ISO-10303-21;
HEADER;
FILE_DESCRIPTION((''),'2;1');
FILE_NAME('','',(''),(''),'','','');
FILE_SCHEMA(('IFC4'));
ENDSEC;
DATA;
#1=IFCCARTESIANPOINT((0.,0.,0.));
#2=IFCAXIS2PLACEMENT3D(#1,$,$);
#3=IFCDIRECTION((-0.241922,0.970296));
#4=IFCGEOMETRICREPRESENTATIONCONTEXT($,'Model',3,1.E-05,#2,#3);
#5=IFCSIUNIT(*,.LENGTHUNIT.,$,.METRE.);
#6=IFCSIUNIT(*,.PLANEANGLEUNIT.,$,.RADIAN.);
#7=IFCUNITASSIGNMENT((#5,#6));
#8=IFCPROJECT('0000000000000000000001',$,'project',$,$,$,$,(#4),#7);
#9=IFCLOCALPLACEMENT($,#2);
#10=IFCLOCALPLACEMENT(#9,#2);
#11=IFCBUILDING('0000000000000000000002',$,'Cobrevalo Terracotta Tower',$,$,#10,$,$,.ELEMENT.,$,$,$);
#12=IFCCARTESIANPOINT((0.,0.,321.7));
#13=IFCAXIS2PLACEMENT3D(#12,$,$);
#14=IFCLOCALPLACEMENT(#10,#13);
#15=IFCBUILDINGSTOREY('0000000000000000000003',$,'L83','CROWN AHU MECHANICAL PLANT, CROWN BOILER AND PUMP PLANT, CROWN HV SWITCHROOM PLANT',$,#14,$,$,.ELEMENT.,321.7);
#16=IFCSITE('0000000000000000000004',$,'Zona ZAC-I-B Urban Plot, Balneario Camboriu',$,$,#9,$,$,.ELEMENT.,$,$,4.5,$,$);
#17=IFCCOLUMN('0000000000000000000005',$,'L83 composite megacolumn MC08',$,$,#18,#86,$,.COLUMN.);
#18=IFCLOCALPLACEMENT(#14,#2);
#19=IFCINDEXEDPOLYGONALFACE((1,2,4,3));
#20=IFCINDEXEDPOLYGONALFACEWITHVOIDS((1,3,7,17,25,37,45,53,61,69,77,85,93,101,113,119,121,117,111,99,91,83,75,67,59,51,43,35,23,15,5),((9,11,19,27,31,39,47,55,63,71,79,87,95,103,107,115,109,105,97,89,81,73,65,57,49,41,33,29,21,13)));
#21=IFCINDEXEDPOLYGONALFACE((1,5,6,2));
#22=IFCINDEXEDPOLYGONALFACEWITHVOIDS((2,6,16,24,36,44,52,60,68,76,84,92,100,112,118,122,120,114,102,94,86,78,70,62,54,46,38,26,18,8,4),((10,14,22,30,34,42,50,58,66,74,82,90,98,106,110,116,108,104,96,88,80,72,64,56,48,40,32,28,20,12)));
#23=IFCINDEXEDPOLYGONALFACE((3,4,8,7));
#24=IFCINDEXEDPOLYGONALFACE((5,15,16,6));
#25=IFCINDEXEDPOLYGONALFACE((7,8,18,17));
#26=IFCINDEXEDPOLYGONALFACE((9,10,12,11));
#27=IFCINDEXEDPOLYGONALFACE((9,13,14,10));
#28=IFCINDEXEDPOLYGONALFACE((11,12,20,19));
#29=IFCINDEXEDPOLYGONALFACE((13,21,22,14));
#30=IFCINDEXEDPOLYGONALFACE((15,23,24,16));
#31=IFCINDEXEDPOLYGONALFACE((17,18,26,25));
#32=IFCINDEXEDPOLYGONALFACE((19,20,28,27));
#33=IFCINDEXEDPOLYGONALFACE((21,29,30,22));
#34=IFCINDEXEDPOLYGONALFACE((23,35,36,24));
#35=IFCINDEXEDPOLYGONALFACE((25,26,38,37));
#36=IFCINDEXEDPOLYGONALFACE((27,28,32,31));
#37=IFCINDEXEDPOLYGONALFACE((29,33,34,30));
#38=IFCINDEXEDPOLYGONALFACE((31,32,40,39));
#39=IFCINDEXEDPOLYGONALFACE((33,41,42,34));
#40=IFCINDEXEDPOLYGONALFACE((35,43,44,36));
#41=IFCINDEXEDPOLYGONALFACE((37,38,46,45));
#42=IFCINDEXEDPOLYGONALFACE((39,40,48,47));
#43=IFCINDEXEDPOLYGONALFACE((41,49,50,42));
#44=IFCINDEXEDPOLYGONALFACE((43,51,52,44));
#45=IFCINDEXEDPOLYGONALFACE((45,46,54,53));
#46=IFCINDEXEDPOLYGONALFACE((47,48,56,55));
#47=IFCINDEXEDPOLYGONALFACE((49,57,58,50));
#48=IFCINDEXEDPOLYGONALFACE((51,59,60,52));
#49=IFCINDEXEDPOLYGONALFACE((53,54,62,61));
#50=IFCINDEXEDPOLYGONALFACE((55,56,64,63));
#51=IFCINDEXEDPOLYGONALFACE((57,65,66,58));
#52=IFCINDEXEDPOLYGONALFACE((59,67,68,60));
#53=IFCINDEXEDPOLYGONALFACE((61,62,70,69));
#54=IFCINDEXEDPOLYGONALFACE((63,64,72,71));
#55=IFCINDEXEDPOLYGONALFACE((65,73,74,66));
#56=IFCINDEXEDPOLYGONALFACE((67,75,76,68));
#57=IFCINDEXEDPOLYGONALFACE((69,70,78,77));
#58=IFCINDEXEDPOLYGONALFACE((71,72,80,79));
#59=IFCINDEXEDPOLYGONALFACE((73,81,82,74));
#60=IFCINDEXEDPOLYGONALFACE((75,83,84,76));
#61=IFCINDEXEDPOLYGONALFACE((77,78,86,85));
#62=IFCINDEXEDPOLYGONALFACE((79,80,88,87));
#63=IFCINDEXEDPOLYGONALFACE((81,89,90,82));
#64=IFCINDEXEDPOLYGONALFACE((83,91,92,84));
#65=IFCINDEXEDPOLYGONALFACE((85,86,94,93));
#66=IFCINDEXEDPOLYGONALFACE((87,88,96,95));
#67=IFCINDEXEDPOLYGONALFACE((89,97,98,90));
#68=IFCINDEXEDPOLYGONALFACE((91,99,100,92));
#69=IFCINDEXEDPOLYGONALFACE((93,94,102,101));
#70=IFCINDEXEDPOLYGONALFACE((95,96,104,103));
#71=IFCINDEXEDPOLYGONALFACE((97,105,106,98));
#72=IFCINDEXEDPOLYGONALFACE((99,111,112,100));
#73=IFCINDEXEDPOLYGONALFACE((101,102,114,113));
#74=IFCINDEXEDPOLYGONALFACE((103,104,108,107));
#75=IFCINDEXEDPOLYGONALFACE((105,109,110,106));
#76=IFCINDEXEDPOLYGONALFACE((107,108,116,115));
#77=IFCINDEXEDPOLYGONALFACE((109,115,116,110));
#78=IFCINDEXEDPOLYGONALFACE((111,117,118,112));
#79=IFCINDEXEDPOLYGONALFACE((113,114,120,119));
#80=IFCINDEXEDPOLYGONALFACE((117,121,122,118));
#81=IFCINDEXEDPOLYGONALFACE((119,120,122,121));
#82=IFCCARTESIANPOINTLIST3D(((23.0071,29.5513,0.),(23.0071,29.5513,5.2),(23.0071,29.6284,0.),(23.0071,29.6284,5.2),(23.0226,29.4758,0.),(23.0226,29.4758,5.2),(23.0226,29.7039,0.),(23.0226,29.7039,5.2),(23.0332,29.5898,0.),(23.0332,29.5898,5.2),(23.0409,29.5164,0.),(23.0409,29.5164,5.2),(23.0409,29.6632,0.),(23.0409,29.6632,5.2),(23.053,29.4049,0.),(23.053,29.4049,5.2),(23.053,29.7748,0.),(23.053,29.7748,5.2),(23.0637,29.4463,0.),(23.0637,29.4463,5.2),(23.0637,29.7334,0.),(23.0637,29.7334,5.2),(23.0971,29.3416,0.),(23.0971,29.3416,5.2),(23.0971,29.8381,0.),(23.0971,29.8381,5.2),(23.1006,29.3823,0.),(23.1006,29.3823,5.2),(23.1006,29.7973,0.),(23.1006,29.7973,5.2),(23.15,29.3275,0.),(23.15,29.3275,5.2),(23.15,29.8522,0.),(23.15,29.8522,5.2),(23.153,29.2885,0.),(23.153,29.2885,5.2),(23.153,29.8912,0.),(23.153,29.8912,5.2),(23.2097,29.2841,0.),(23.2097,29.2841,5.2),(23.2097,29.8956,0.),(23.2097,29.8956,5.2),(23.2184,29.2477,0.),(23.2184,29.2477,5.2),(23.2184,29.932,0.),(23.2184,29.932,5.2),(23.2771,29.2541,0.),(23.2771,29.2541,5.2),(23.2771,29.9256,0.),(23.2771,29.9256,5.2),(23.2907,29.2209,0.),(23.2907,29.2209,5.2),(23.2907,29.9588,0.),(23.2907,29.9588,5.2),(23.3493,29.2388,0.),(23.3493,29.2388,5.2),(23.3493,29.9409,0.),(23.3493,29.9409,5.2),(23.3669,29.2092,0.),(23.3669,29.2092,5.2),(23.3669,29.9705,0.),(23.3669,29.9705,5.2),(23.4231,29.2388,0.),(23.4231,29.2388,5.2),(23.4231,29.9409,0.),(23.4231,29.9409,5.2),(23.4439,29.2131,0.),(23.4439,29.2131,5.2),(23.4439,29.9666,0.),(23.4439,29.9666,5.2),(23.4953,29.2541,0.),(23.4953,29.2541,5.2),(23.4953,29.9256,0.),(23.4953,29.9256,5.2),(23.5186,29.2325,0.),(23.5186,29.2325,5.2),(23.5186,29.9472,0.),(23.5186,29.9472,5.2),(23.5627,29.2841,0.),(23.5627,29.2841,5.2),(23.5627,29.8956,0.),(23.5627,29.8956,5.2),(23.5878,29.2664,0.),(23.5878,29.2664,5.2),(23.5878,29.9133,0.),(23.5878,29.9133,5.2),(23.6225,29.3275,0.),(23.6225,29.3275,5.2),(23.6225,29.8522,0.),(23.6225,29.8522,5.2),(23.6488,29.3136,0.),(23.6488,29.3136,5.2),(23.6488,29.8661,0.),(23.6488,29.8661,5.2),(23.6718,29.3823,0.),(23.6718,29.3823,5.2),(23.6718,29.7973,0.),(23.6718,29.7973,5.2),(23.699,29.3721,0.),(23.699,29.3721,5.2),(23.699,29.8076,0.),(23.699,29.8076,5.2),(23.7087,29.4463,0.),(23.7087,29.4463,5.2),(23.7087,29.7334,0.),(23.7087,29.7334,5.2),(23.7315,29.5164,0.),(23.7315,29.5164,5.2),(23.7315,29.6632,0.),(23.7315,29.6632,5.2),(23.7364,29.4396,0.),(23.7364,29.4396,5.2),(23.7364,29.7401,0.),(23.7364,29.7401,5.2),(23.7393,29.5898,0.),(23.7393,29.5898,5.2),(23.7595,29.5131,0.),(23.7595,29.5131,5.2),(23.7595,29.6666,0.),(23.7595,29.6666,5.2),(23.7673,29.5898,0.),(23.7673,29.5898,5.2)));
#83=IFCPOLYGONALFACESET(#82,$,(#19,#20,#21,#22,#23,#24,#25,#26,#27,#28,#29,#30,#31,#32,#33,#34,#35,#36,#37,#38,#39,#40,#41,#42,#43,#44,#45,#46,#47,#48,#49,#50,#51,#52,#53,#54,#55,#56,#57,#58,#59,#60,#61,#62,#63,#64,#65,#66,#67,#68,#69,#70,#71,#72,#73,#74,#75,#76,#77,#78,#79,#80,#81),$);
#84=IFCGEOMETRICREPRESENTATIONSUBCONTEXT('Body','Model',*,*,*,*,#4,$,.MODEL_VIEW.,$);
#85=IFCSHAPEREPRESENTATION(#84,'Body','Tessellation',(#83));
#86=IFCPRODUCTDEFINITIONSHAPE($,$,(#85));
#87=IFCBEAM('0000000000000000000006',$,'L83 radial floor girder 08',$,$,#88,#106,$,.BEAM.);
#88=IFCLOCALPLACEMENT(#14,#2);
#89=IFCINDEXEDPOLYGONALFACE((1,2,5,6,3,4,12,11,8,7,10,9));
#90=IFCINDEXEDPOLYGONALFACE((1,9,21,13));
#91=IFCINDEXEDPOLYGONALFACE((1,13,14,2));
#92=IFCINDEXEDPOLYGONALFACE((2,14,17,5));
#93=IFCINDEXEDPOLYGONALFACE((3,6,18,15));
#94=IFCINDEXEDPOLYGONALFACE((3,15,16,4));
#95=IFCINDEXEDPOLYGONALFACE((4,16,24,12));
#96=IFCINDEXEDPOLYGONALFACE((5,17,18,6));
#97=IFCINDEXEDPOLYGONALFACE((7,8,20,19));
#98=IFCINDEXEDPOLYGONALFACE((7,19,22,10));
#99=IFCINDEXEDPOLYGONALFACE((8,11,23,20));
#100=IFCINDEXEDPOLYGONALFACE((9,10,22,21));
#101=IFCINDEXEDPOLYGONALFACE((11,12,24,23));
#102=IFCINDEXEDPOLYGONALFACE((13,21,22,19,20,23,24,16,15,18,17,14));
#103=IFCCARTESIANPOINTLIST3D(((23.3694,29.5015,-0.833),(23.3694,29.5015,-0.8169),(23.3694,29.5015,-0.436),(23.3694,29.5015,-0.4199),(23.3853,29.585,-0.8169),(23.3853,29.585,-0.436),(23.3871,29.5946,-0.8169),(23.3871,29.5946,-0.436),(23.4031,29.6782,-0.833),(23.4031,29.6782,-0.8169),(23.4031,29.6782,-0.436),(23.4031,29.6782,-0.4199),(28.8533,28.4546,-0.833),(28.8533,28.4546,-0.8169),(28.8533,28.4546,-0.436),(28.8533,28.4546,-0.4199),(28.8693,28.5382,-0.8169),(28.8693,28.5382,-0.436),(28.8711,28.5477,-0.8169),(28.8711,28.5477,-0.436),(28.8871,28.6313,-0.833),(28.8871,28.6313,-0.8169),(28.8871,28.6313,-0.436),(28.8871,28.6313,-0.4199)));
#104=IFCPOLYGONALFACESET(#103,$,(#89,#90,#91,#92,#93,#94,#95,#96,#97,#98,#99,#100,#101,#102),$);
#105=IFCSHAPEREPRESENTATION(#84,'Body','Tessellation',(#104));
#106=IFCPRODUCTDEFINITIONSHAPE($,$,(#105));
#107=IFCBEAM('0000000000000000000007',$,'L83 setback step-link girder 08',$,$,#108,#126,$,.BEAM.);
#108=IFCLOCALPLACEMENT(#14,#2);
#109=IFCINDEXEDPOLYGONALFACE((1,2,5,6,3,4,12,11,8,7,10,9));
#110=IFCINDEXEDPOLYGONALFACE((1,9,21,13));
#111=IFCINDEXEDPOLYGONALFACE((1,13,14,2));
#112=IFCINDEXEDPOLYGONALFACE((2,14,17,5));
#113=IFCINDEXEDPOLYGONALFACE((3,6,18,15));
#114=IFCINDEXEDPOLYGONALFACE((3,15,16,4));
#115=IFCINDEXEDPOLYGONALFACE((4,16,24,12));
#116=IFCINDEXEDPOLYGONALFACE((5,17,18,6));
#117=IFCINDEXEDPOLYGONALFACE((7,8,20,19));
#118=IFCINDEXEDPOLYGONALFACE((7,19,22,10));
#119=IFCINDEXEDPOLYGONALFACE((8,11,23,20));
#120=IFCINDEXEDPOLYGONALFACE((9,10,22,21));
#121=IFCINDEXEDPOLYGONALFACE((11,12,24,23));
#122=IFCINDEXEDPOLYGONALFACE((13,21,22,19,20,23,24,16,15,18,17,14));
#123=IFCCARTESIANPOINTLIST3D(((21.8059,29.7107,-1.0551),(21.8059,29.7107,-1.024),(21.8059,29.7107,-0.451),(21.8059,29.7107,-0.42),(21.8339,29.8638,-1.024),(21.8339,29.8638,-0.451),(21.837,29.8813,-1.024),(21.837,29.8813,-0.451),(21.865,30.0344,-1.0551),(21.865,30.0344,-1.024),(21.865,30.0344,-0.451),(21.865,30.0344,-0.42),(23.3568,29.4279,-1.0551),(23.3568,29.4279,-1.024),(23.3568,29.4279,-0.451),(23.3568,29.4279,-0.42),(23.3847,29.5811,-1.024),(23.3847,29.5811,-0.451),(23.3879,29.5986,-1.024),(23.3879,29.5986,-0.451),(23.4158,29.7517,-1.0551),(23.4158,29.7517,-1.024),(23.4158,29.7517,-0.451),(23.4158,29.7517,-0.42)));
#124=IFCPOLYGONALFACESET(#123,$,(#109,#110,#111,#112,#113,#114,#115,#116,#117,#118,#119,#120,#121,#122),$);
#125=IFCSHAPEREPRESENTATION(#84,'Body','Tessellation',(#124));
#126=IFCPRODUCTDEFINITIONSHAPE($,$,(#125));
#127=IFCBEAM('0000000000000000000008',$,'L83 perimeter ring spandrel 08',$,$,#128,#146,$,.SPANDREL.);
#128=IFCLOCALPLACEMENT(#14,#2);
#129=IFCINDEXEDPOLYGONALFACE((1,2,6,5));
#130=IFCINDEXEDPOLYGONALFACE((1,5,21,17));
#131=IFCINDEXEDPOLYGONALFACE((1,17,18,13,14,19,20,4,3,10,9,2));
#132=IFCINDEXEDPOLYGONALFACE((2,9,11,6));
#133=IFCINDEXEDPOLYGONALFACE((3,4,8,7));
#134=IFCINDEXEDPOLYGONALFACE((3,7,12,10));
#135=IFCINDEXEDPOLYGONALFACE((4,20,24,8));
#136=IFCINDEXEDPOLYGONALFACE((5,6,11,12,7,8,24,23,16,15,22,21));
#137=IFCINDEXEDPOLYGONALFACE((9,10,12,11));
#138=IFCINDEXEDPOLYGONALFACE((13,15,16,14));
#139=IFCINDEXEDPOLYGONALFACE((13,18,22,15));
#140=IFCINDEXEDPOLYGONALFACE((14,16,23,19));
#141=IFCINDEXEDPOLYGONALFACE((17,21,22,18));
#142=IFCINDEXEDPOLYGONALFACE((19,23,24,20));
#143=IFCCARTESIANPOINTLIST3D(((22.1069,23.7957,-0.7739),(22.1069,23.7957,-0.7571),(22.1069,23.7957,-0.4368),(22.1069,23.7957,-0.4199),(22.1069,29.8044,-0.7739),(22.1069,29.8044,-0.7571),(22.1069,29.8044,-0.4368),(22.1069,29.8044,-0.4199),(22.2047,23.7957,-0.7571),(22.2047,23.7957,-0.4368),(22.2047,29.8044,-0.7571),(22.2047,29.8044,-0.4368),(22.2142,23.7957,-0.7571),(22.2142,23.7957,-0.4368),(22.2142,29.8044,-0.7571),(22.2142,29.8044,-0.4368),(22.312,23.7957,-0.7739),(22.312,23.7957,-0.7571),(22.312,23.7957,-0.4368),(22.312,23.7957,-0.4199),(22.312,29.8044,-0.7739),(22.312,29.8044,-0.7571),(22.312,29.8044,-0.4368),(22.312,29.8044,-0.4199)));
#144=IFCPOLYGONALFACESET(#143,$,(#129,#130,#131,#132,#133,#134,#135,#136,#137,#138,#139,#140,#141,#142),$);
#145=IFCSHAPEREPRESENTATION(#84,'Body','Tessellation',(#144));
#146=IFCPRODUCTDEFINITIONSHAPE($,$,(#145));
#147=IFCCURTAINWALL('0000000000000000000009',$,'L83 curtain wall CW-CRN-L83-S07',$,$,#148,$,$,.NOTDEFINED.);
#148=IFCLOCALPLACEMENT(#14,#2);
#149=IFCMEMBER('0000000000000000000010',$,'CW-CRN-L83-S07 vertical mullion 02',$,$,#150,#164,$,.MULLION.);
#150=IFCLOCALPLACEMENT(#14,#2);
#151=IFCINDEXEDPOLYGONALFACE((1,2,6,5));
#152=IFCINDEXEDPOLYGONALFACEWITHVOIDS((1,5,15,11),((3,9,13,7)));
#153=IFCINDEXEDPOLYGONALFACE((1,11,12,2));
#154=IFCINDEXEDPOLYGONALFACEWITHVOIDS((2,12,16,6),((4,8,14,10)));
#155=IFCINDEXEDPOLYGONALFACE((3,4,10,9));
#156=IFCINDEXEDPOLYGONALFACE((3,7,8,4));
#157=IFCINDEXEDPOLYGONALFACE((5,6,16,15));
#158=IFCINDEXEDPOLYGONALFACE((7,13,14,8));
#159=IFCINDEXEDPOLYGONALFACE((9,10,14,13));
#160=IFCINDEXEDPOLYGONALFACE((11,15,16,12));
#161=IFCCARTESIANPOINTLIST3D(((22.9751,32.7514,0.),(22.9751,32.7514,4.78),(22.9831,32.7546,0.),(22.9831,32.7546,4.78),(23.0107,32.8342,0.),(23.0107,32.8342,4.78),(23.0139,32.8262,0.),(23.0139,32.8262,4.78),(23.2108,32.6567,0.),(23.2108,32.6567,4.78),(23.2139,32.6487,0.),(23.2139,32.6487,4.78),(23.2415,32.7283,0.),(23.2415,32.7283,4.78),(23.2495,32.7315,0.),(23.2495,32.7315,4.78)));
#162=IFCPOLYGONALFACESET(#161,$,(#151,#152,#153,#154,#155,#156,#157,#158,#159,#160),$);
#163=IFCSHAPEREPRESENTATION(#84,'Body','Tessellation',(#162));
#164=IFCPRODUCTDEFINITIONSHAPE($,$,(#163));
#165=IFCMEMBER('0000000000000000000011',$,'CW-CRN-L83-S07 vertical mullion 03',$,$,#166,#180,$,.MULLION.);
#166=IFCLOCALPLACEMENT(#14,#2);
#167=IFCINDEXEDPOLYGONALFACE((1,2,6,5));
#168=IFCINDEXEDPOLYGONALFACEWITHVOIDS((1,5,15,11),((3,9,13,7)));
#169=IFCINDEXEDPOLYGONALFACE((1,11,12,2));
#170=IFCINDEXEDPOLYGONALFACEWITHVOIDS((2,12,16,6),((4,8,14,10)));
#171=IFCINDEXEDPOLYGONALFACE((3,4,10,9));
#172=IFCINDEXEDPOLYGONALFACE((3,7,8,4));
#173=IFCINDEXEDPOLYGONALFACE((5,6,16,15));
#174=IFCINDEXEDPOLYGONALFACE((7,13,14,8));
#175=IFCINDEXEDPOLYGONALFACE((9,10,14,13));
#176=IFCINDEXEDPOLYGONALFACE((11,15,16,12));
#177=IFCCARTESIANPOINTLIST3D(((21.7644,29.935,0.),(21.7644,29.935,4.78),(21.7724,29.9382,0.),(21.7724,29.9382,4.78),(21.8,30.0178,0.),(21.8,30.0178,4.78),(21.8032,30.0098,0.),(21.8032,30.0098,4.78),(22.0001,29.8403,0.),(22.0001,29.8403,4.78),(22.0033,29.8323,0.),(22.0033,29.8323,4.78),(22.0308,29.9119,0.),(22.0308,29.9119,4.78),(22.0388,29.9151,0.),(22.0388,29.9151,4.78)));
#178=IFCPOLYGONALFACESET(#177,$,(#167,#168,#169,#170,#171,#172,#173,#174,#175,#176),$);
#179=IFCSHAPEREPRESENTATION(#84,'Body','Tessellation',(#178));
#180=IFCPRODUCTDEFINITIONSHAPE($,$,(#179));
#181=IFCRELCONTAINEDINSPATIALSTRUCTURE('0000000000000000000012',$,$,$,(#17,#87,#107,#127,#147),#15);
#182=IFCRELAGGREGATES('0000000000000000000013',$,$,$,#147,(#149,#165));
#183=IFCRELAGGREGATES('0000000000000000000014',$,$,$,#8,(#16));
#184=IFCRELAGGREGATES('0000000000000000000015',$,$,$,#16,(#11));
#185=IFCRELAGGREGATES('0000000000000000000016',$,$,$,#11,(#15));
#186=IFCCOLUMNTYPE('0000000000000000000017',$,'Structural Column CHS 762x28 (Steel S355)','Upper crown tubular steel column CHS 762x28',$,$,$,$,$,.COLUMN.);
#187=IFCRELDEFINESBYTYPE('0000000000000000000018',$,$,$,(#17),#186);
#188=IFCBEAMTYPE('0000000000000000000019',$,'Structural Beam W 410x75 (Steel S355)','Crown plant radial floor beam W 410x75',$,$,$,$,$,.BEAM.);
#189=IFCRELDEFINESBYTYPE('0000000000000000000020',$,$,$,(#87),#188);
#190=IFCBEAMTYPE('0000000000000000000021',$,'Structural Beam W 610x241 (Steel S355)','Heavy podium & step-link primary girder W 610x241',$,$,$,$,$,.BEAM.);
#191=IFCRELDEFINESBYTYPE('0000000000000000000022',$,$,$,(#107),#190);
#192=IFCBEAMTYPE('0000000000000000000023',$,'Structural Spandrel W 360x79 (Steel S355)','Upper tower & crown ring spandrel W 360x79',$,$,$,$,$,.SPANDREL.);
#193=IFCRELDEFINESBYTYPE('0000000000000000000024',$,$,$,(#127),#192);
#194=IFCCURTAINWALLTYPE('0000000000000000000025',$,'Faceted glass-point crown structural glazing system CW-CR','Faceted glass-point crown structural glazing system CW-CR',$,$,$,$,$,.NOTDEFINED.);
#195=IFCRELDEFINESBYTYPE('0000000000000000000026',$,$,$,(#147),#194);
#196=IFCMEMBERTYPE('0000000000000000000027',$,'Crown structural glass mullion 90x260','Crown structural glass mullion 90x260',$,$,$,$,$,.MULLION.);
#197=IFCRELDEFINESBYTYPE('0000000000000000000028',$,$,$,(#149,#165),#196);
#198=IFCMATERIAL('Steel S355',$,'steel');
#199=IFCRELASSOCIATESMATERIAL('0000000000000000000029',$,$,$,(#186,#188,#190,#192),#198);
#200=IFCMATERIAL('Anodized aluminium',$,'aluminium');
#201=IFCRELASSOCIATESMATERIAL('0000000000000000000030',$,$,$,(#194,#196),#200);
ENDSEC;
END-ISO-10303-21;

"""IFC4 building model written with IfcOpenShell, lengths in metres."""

from ifc_helpers import new_model, si_unit, direction, frame, origin, origin_2d, place, context, subcontext, project, spatial, hollow_rectangle, hollow_circle, i_section, extrude, source, transform, mapped, material, material_profile, profile_set, type_object, element, aggregate, save


model = new_model("IFC4")

# Units and contexts
model_context = context("Model", 3, precision=1e-05, world=origin(), true_north=direction((-0.241922, 0.970296)))
body_context = subcontext(model_context, "Body", "Model", "MODEL_VIEW")
ifc_project = project(units=[si_unit("LENGTHUNIT", "METRE"), si_unit("PLANEANGLEUNIT", "RADIAN")], contexts=[model_context])

# Site, building, storey
site_placement = place(None, origin())
site = spatial("IfcSite", under=ifc_project, at=site_placement, Name="Zona ZAC-I-B Urban Plot, Balneario Camboriu", CompositionType="ELEMENT", RefElevation=4.5)
building_placement = place(site_placement, origin())
building = spatial("IfcBuilding", under=site, at=building_placement, Name="Cobrevalo Terracotta Tower", CompositionType="ELEMENT")
storey_placement = place(building_placement, frame((0.0, 0.0, 321.7)))
storey = spatial("IfcBuildingStorey", under=building, at=storey_placement, Name="L83", Description="CROWN AHU MECHANICAL PLANT, CROWN BOILER AND PUMP PLANT, CROWN HV SWITCHROOM PLANT", CompositionType="ELEMENT", Elevation=321.7)

# Column
ifc_material_1 = material(Name="Steel S355", Category="steel")
ifc_material_profile_1 = material_profile(ifc_material_1, hollow_circle(Radius=0.3811, WallThickness=0.0281, at=origin_2d()), Name="CHS 762x28")
ifc_profile_set_1 = profile_set([ifc_material_profile_1], Name="Steel S355")
column_type = type_object("IfcColumnType", Name="Structural Column CHS 762x28 (Steel S355)", Description="Upper crown tubular steel column CHS 762x28", PredefinedType="COLUMN", material=ifc_profile_set_1)
column_placement = place(storey_placement, frame((23.3862, 29.5898, 0.0), z_axis=(0.0, 0.0, 1.0), x_axis=(1.0, 0.0, 0.0)))
element("IfcColumn", 1, at=column_placement, inside=storey, type_object=column_type, Name="L83 composite megacolumn MC08", PredefinedType="COLUMN", context=body_context, shape_type="SweptSolid", body=[
    extrude(hollow_circle(Radius=0.3811, WallThickness=0.0281, at=origin_2d()), origin(), (0.0, 0.0, 1.0), 5.2),
])

# Beams
ifc_material_profile_2 = material_profile(ifc_material_1, i_section(OverallWidth=0.1799, OverallDepth=0.4131, WebThickness=0.0098, FlangeThickness=0.0161, at=origin_2d()), Name="W 410x75")
ifc_profile_set_2 = profile_set([ifc_material_profile_2], Name="Steel S355")
beam_type_1 = type_object("IfcBeamType", Name="Structural Beam W 410x75 (Steel S355)", Description="Crown plant radial floor beam W 410x75", PredefinedType="BEAM", material=ifc_profile_set_2)
beam_1_placement = place(storey_placement, frame((23.3862, 29.5898, -0.6265), z_axis=(0.982262, -0.187514, 0.0), x_axis=(0.187514, 0.982262, 0.0)))
element("IfcBeam", 2, at=beam_1_placement, inside=storey, type_object=beam_type_1, Name="L83 radial floor girder 08", PredefinedType="BEAM", context=body_context, shape_type="SweptSolid", body=[
    extrude(i_section(OverallWidth=0.1799, OverallDepth=0.4131, WebThickness=0.0098, FlangeThickness=0.0161, at=origin_2d()), origin(), (0.0, 0.0, 1.0), 5.583),
])
ifc_material_profile_3 = material_profile(ifc_material_1, i_section(OverallWidth=0.3291, OverallDepth=0.635, WebThickness=0.0178, FlangeThickness=0.031, at=origin_2d()), Name="W 610x241")
ifc_profile_set_3 = profile_set([ifc_material_profile_3], Name="Steel S355")
beam_type_2 = type_object("IfcBeamType", Name="Structural Beam W 610x241 (Steel S355)", Description="Heavy podium & step-link primary girder W 610x241", PredefinedType="BEAM", material=ifc_profile_set_3)
beam_2_placement = place(storey_placement, frame((21.8354, 29.8726, -0.7375), z_axis=(0.983786, -0.179349, 0.0), x_axis=(0.179349, 0.983786, 0.0)))
element("IfcBeam", 3, at=beam_2_placement, inside=storey, type_object=beam_type_2, Name="L83 setback step-link girder 08", PredefinedType="BEAM", context=body_context, shape_type="SweptSolid", body=[
    extrude(i_section(OverallWidth=0.3291, OverallDepth=0.635, WebThickness=0.0178, FlangeThickness=0.031, at=origin_2d()), origin(), (0.0, 0.0, 1.0), 1.5764),
])
ifc_material_profile_4 = material_profile(ifc_material_1, i_section(OverallWidth=0.2051, OverallDepth=0.354, WebThickness=0.0095, FlangeThickness=0.0168, at=origin_2d()), Name="W 360x79")
ifc_profile_set_4 = profile_set([ifc_material_profile_4], Name="Steel S355")
beam_type_3 = type_object("IfcBeamType", Name="Structural Spandrel W 360x79 (Steel S355)", Description="Upper tower & crown ring spandrel W 360x79", PredefinedType="SPANDREL", material=ifc_profile_set_4)
beam_3_placement = place(storey_placement, frame((22.2095, 29.8044, -0.5969), z_axis=(0.0, -1.0, 0.0), x_axis=(1.0, 0.0, 0.0)))
element("IfcBeam", 4, at=beam_3_placement, inside=storey, type_object=beam_type_3, Name="L83 perimeter ring spandrel 08", PredefinedType="SPANDREL", context=body_context, shape_type="SweptSolid", body=[
    extrude(i_section(OverallWidth=0.2051, OverallDepth=0.354, WebThickness=0.0095, FlangeThickness=0.0168, at=origin_2d()), origin(), (0.0, 0.0, 1.0), 6.0088),
])

# Curtain wall, members
ifc_material_2 = material(Name="Anodized aluminium", Category="aluminium")
curtain_wall_type = type_object("IfcCurtainWallType", Name="Faceted glass-point crown structural glazing system CW-CR", Description="Faceted glass-point crown structural glazing system CW-CR", PredefinedType="NOTDEFINED", material=ifc_material_2)
curtain_wall_1_placement = place(storey_placement, origin())
curtain_wall_1 = element("IfcCurtainWall", 5, at=curtain_wall_1_placement, inside=storey, type_object=curtain_wall_type, Name="L83 curtain wall CW-CRN-L83-S07", PredefinedType="NOTDEFINED")
ifc_material_profile_5 = material_profile(ifc_material_2, hollow_rectangle(XDim=0.0901, YDim=0.26, WallThickness=0.0061, at=origin_2d()), Name="CWM 90x260")
ifc_profile_set_5 = profile_set([ifc_material_profile_5], Name="Anodized aluminium")
member_type_1 = type_object("IfcMemberType", Name="Crown structural glass mullion 90x260", Description="Crown structural glass mullion 90x260", PredefinedType="MULLION", material=ifc_profile_set_5)
shared_shape_1 = source(origin(), body_context, "Body", "SweptSolid", [
    extrude(hollow_rectangle(XDim=0.0901, YDim=0.26, WallThickness=0.0061, at=origin_2d()), origin(), (0.0, 0.0, 1.0), 4.78),
])
member_1_placement = place(storey_placement, frame((23.1123, 32.7415, 0.0), z_axis=(0.0, 0.0, 1.0), x_axis=(-0.394968, -0.918695, 0.0)))
member_1 = element("IfcMember", 6, at=member_1_placement, type_object=member_type_1, Name="CW-CRN-L83-S07 vertical mullion 02", PredefinedType="MULLION", context=body_context, shape_type="MappedRepresentation", body=[
    mapped(shared_shape_1, transform((0.0, 0.0, 0.0), scale=1.0)),
])
member_2_placement = place(storey_placement, frame((21.9016, 29.925, 0.0), z_axis=(0.0, 0.0, 1.0), x_axis=(-0.394968, -0.918695, 0.0)))
member_2 = element("IfcMember", 7, at=member_2_placement, type_object=member_type_1, Name="CW-CRN-L83-S07 vertical mullion 03", PredefinedType="MULLION", context=body_context, shape_type="MappedRepresentation", body=[
    mapped(shared_shape_1, transform((0.0, 0.0, 0.0), scale=1.0)),
])

aggregate(curtain_wall_1, [member_1, member_2])

save(model, "model.ifc")
